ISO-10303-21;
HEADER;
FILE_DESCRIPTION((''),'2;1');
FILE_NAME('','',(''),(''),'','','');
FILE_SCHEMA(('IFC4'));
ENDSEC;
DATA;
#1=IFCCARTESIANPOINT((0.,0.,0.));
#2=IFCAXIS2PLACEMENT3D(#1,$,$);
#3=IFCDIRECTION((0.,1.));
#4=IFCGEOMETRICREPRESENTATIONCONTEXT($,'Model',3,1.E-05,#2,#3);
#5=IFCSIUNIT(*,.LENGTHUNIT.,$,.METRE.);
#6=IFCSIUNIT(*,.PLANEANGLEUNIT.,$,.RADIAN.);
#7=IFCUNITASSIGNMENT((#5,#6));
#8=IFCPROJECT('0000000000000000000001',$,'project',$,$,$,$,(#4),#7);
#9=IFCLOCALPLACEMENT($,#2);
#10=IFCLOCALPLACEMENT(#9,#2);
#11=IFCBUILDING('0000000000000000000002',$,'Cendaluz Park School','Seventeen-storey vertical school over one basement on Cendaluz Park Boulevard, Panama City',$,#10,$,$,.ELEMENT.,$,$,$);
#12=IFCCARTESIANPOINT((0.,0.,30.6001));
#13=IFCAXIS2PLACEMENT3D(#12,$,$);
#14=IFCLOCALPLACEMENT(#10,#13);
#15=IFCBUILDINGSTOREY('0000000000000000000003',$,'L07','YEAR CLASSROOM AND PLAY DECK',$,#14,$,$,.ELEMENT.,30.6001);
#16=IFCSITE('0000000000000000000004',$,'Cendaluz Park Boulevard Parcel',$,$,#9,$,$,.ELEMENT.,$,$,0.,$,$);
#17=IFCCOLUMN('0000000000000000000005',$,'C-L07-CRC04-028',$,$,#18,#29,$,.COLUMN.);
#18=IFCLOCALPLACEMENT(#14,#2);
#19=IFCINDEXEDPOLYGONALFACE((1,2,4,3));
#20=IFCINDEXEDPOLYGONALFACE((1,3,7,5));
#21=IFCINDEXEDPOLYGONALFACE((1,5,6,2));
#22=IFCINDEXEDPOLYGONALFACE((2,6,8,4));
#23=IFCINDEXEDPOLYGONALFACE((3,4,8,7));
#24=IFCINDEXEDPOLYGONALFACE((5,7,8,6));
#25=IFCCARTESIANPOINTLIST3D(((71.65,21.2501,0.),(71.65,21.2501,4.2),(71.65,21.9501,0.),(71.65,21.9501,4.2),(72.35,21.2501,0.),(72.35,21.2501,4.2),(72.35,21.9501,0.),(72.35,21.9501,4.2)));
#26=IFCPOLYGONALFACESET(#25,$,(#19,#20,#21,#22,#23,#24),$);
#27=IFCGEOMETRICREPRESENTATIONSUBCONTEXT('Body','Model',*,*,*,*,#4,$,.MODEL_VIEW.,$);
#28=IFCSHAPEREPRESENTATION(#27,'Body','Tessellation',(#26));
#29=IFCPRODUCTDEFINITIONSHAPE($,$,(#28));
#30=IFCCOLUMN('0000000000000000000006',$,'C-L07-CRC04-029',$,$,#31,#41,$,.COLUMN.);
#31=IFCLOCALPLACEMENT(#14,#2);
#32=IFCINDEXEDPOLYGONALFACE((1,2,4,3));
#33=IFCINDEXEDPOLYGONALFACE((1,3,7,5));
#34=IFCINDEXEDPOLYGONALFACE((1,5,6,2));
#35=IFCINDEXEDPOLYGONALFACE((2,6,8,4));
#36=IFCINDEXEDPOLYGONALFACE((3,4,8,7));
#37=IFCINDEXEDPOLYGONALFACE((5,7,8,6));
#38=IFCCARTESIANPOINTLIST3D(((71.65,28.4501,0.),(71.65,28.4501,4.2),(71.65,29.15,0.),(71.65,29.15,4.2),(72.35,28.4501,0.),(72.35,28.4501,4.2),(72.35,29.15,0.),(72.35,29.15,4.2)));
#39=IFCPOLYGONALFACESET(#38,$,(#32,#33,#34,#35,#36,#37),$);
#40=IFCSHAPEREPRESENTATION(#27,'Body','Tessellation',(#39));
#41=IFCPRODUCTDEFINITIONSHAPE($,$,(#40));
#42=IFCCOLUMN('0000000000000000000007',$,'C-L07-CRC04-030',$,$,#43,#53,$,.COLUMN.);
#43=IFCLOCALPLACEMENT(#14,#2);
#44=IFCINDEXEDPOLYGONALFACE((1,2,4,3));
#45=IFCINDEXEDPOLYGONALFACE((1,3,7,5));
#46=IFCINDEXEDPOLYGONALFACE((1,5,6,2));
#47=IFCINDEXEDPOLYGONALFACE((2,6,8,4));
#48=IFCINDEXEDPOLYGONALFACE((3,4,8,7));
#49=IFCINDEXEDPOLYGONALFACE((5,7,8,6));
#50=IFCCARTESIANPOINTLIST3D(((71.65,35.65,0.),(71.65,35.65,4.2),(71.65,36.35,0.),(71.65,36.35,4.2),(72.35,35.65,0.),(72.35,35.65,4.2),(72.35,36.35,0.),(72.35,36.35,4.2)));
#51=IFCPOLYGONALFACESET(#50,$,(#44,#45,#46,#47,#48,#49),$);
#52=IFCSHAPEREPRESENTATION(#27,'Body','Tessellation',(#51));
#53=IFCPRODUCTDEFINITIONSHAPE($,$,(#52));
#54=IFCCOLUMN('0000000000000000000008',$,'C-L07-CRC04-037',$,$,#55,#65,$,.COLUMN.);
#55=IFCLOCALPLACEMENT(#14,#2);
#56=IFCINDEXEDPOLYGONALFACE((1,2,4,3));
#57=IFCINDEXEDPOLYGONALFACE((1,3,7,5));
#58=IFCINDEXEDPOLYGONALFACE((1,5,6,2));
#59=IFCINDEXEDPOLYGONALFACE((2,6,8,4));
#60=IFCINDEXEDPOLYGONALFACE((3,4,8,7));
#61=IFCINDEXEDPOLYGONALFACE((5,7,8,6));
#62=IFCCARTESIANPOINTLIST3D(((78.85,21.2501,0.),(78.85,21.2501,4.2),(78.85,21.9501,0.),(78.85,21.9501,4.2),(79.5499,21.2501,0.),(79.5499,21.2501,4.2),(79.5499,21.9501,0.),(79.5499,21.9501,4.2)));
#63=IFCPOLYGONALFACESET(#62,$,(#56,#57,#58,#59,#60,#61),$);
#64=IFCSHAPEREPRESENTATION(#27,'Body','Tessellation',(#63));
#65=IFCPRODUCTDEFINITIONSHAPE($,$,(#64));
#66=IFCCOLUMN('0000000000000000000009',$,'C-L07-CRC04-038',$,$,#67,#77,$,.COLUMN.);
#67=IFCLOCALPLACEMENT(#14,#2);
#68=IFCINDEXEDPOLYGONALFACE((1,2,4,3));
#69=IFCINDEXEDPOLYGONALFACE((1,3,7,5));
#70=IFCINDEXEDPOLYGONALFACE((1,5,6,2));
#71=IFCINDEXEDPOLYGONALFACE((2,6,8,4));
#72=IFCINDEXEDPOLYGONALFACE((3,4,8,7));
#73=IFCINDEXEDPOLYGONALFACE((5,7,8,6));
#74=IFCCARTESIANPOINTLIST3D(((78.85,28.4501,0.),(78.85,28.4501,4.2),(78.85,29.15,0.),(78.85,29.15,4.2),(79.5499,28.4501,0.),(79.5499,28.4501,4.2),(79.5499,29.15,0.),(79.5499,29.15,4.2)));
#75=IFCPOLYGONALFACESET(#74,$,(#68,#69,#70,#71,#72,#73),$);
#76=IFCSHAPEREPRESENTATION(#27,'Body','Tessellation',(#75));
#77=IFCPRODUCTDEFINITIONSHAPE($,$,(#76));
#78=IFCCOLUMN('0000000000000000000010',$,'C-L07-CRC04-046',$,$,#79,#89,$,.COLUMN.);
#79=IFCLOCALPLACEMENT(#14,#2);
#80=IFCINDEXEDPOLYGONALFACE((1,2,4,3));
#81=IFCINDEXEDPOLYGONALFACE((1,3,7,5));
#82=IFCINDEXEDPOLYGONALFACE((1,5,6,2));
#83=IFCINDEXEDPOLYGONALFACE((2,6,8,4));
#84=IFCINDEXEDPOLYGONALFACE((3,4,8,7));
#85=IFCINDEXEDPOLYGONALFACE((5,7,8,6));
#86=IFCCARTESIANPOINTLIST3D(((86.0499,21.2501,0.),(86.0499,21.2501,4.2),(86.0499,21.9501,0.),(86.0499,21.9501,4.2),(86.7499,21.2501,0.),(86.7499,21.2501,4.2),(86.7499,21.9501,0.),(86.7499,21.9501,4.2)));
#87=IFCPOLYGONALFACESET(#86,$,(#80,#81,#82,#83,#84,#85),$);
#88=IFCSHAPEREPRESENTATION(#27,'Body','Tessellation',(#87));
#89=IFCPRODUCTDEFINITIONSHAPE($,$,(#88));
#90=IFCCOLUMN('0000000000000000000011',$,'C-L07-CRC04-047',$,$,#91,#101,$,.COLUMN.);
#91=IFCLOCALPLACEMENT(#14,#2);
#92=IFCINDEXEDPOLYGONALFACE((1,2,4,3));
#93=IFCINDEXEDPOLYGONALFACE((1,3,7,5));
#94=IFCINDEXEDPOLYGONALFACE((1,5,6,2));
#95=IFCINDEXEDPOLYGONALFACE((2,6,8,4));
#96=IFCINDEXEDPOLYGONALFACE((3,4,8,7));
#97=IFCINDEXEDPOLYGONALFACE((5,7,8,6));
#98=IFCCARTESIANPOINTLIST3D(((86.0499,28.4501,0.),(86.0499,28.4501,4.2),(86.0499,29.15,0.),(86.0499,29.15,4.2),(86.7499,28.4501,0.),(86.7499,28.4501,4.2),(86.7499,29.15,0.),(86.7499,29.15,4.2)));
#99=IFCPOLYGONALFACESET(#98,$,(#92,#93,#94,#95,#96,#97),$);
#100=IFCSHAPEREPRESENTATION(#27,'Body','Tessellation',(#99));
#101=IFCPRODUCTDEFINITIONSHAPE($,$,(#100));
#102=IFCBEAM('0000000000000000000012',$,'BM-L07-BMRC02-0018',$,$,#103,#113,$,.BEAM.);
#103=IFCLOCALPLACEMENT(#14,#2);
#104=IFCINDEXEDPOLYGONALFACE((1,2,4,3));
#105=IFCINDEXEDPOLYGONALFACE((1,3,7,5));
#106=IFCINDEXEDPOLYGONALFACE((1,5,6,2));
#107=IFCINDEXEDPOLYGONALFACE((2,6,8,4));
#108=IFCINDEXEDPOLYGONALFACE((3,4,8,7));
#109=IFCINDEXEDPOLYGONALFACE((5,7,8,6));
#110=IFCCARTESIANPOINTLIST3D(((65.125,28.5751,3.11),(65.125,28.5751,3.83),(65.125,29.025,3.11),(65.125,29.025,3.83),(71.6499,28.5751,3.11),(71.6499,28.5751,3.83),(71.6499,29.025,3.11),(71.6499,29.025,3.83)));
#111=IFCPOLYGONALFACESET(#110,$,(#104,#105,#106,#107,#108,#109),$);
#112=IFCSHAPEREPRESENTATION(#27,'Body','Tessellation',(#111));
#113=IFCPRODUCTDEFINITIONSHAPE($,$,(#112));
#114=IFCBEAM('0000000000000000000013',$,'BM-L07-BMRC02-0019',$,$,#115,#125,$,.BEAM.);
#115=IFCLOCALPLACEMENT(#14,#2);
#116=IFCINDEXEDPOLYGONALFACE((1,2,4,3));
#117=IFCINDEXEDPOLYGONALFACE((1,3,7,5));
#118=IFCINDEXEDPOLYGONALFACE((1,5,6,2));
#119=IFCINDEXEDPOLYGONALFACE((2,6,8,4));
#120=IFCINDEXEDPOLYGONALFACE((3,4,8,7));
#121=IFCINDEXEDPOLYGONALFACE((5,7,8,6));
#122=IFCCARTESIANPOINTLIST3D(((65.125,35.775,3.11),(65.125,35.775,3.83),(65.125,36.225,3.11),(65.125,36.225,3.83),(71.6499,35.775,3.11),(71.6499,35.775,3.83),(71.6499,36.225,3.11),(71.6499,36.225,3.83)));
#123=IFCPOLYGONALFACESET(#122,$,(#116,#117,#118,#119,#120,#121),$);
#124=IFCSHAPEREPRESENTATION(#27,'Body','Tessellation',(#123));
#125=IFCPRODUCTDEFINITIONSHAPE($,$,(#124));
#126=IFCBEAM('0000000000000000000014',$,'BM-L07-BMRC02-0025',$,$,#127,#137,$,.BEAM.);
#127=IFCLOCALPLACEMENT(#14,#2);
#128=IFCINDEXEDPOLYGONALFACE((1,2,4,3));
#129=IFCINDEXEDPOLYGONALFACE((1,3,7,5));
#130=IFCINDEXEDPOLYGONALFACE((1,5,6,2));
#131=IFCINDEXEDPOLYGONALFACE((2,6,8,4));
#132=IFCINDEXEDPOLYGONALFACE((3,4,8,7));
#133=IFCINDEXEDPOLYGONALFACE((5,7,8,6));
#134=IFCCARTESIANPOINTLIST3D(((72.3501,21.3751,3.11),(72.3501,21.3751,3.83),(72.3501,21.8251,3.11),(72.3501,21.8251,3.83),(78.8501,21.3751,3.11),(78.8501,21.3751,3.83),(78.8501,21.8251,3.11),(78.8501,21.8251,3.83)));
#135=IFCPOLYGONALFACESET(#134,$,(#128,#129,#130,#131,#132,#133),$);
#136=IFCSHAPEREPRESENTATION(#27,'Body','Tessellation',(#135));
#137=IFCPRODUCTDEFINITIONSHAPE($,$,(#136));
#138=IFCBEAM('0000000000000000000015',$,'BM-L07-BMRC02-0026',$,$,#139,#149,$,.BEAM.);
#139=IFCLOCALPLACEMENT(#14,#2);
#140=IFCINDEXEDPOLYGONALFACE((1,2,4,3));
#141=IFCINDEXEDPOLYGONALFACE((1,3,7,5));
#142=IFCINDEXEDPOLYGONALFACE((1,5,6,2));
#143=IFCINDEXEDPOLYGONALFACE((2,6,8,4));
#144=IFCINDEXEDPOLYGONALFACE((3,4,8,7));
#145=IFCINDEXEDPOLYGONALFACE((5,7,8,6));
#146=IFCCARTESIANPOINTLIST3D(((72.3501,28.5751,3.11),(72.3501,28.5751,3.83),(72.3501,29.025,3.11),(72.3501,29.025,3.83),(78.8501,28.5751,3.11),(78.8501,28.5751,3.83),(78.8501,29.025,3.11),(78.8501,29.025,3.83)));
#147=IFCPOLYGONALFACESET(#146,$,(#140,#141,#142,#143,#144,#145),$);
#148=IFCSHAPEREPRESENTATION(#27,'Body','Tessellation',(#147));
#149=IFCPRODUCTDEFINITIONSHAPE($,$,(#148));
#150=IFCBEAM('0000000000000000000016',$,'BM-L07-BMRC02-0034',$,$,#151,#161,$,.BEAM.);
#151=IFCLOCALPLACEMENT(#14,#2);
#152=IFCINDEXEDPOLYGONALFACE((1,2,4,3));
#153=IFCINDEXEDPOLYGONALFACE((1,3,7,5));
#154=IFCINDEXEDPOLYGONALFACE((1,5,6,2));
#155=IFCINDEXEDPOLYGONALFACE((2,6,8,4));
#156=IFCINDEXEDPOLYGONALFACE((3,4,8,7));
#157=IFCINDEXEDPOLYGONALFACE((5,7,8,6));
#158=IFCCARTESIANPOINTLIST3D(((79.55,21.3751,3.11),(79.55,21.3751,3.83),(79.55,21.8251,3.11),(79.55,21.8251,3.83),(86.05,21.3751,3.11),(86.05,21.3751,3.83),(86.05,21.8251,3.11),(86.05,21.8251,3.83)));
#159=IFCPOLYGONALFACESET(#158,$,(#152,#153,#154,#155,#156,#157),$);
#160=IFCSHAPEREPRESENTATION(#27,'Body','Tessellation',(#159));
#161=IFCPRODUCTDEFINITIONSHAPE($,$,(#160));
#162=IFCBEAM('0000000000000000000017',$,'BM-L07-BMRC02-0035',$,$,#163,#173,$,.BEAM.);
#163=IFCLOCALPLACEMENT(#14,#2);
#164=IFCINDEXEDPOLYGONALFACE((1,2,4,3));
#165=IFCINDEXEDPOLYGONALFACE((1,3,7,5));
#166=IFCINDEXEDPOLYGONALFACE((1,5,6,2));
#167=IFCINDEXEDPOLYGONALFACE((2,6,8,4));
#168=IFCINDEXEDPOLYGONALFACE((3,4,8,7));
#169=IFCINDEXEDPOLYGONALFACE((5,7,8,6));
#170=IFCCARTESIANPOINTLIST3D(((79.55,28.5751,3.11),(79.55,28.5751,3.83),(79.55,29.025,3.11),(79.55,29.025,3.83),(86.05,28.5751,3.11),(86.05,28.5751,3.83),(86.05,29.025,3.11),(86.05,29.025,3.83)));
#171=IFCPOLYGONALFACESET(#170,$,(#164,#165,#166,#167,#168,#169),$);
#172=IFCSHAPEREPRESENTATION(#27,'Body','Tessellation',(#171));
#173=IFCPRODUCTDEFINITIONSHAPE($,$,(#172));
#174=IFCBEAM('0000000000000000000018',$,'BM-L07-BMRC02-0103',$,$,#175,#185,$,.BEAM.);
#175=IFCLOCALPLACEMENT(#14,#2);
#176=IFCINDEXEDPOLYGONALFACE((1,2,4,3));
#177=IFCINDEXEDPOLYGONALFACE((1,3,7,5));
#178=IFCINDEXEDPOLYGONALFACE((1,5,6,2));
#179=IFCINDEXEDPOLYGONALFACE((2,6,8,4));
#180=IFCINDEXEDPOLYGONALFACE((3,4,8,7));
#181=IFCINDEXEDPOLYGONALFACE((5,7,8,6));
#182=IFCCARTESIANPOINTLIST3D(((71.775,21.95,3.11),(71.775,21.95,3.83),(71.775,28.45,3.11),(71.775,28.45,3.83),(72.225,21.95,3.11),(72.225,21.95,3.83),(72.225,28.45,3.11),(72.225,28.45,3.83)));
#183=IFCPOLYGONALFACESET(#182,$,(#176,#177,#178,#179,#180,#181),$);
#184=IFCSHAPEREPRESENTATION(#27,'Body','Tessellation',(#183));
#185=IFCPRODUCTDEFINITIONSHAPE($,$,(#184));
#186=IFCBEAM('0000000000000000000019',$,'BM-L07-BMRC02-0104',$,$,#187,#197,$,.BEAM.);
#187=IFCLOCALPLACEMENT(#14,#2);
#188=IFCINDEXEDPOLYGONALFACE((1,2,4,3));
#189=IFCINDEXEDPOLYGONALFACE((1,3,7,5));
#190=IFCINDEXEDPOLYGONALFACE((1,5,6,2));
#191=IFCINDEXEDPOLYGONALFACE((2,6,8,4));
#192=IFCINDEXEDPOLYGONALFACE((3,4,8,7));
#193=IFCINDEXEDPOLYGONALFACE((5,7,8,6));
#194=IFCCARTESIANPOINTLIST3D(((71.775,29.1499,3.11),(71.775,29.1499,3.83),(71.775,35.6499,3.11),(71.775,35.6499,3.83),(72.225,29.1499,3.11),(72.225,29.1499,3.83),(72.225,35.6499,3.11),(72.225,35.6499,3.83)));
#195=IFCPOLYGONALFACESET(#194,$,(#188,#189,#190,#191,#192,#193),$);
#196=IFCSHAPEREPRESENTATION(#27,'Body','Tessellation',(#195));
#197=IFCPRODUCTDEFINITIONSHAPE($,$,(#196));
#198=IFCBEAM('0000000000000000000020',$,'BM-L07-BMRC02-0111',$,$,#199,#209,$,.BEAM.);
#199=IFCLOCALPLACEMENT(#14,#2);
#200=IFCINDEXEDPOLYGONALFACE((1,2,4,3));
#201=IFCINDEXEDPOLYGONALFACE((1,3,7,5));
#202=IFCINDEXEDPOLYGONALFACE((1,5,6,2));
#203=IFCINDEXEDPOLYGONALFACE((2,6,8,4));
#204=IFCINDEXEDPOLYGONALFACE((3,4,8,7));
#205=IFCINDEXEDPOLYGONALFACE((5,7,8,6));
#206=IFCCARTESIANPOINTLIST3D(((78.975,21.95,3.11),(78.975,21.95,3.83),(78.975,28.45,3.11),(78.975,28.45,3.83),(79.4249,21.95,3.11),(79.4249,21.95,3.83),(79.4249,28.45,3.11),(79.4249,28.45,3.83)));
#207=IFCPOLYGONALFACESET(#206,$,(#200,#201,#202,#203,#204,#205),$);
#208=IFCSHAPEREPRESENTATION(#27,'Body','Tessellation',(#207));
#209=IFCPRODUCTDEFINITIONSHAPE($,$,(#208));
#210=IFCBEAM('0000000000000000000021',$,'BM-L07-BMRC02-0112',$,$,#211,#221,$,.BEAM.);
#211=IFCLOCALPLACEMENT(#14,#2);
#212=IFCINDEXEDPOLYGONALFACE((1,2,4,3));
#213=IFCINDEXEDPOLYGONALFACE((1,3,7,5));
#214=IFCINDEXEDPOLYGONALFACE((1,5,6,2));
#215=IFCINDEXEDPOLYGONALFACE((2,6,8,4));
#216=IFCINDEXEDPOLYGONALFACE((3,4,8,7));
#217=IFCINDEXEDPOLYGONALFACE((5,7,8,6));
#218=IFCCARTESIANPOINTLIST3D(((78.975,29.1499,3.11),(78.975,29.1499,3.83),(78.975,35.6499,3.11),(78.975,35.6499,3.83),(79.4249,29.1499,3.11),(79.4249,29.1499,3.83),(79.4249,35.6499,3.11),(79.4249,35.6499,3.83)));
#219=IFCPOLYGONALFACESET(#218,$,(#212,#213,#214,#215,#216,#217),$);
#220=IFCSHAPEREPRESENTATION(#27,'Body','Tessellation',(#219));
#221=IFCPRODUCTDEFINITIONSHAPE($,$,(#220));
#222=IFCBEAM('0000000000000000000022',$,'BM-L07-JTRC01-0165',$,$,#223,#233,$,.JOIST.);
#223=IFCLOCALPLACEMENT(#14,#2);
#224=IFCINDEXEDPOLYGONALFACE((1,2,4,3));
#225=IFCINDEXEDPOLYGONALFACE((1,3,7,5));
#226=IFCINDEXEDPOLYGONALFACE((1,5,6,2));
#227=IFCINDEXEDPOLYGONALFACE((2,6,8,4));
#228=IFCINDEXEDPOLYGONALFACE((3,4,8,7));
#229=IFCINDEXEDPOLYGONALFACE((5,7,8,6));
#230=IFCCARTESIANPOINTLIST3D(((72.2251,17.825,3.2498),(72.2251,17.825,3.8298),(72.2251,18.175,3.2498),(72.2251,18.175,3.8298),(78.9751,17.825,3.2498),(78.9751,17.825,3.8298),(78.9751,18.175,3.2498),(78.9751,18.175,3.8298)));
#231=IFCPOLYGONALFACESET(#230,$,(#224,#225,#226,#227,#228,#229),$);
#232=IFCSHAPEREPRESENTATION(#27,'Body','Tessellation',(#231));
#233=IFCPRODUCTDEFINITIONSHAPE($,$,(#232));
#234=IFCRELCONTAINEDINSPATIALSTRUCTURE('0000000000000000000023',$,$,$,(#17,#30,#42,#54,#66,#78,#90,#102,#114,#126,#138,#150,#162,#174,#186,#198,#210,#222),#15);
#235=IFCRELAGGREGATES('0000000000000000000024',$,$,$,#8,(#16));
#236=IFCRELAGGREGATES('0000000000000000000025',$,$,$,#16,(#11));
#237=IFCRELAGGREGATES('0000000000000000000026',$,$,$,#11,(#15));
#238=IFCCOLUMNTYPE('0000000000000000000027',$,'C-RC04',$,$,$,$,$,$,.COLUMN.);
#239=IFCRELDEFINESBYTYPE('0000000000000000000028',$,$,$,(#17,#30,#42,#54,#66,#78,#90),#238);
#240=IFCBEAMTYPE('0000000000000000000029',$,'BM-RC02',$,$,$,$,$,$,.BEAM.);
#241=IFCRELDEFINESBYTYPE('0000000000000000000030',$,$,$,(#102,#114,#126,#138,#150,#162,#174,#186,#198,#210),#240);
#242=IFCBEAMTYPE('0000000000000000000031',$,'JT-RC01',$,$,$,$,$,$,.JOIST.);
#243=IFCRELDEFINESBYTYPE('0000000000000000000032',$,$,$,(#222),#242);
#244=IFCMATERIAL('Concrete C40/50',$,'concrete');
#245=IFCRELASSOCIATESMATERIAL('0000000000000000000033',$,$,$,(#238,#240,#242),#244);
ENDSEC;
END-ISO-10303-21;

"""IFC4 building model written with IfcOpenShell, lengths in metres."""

from ifc_helpers import new_model, si_unit, direction, frame, origin, origin_2d, place, context, subcontext, project, spatial, rectangle, extrude, material, material_profile, profile_set, type_object, element, save


model = new_model("IFC4")

# Units and contexts
model_context = context("Model", 3, precision=1e-05, world=origin(), true_north=direction((0.0, 1.0)))
body_context = subcontext(model_context, "Body", "Model", "MODEL_VIEW")
ifc_project = project(units=[si_unit("LENGTHUNIT", "METRE"), si_unit("PLANEANGLEUNIT", "RADIAN")], contexts=[model_context])

# Site, building, storey
site_placement = place(None, origin())
site = spatial("IfcSite", under=ifc_project, at=site_placement, Name="Cendaluz Park Boulevard Parcel", CompositionType="ELEMENT", RefElevation=0.0)
building_placement = place(site_placement, origin())
building = spatial("IfcBuilding", under=site, at=building_placement, Name="Cendaluz Park School", Description="Seventeen-storey vertical school over one basement on Cendaluz Park Boulevard, Panama City", CompositionType="ELEMENT")
storey_placement = place(building_placement, frame((0.0, 0.0, 30.6001)))
storey = spatial("IfcBuildingStorey", under=building, at=storey_placement, Name="L07", Description="YEAR CLASSROOM AND PLAY DECK", CompositionType="ELEMENT", Elevation=30.6001)

# Columns
ifc_material_1 = material(Name="Concrete C40/50", Category="concrete")
ifc_material_profile_1 = material_profile(ifc_material_1, rectangle(XDim=0.7, YDim=0.7, at=origin_2d()), Name="RC 700x700", Category="concrete")
ifc_profile_set_1 = profile_set([ifc_material_profile_1], Name="Concrete C40/50")
column_type = type_object("IfcColumnType", Name="C-RC04", PredefinedType="COLUMN", material=ifc_profile_set_1)
for number, where, z_axis, x_axis, name in (
    (1, (72.0, 21.6001, 0.0), (0.0, 0.0, 1.0), (1.0, 0.0, 0.0), "C-L07-CRC04-028"),
    (2, (72.0, 28.8, 0.0), (0.0, 0.0, 1.0), (1.0, 0.0, 0.0), "C-L07-CRC04-029"),
    (3, (72.0, 36.0, 0.0), (0.0, 0.0, 1.0), (1.0, 0.0, 0.0), "C-L07-CRC04-030"),
    (4, (79.2, 21.6001, 0.0), (0.0, 0.0, 1.0), (1.0, 0.0, 0.0), "C-L07-CRC04-037"),
    (5, (79.2, 28.8, 0.0), (0.0, 0.0, 1.0), (1.0, 0.0, 0.0), "C-L07-CRC04-038"),
    (6, (86.3999, 21.6001, 0.0), (0.0, 0.0, 1.0), (1.0, 0.0, 0.0), "C-L07-CRC04-046"),
    (7, (86.3999, 28.8, 0.0), (0.0, 0.0, 1.0), (1.0, 0.0, 0.0), "C-L07-CRC04-047"),
):
    element("IfcColumn", number, at=place(storey_placement, frame(where, z_axis=z_axis, x_axis=x_axis)), inside=storey, type_object=column_type, Name=name, PredefinedType="COLUMN", context=body_context, shape_type="SweptSolid", body=[
        extrude(rectangle(XDim=0.7, YDim=0.7, at=origin_2d()), origin(), (0.0, 0.0, 1.0), 4.2),
    ])

# Beams
ifc_material_profile_2 = material_profile(ifc_material_1, rectangle(XDim=0.45, YDim=0.72, at=origin_2d()), Name="RC 450x720", Category="concrete")
ifc_profile_set_2 = profile_set([ifc_material_profile_2], Name="Concrete C40/50")
beam_type_1 = type_object("IfcBeamType", Name="BM-RC02", PredefinedType="BEAM", material=ifc_profile_set_2)
for number, where, z_axis, x_axis, name in (
    (8, (65.125, 28.8, 3.47), (1.0, 0.0, 0.0), (0.0, 1.0, 0.0), "BM-L07-BMRC02-0018"),
    (9, (65.125, 36.0, 3.47), (1.0, 0.0, 0.0), (0.0, 1.0, 0.0), "BM-L07-BMRC02-0019"),
):
    element("IfcBeam", number, at=place(storey_placement, frame(where, z_axis=z_axis, x_axis=x_axis)), inside=storey, type_object=beam_type_1, Name=name, PredefinedType="BEAM", context=body_context, shape_type="SweptSolid", body=[
        extrude(rectangle(XDim=0.45, YDim=0.72, at=origin_2d()), origin(), (0.0, 0.0, 1.0), 6.5249),
    ])
for number, where, z_axis, x_axis, name in (
    (10, (72.3501, 21.6001, 3.47), (1.0, 0.0, 0.0), (0.0, 1.0, 0.0), "BM-L07-BMRC02-0025"),
    (11, (72.3501, 28.8, 3.47), (1.0, 0.0, 0.0), (0.0, 1.0, 0.0), "BM-L07-BMRC02-0026"),
    (12, (79.55, 21.6001, 3.47), (1.0, 0.0, 0.0), (0.0, 1.0, 0.0), "BM-L07-BMRC02-0034"),
    (13, (79.55, 28.8, 3.47), (1.0, 0.0, 0.0), (0.0, 1.0, 0.0), "BM-L07-BMRC02-0035"),
    (14, (72.0, 21.95, 3.47), (0.0, 1.0, 0.0), (-1.0, 0.0, 0.0), "BM-L07-BMRC02-0103"),
    (15, (72.0, 29.1499, 3.47), (0.0, 1.0, 0.0), (-1.0, 0.0, 0.0), "BM-L07-BMRC02-0104"),
    (16, (79.2, 21.95, 3.47), (0.0, 1.0, 0.0), (-1.0, 0.0, 0.0), "BM-L07-BMRC02-0111"),
    (17, (79.2, 29.1499, 3.47), (0.0, 1.0, 0.0), (-1.0, 0.0, 0.0), "BM-L07-BMRC02-0112"),
):
    element("IfcBeam", number, at=place(storey_placement, frame(where, z_axis=z_axis, x_axis=x_axis)), inside=storey, type_object=beam_type_1, Name=name, PredefinedType="BEAM", context=body_context, shape_type="SweptSolid", body=[
        extrude(rectangle(XDim=0.45, YDim=0.72, at=origin_2d()), origin(), (0.0, 0.0, 1.0), 6.5),
    ])
ifc_material_profile_3 = material_profile(ifc_material_1, rectangle(XDim=0.3501, YDim=0.5801, at=origin_2d()), Name="RC 350x580", Category="concrete")
ifc_profile_set_3 = profile_set([ifc_material_profile_3], Name="Concrete C40/50")
beam_type_2 = type_object("IfcBeamType", Name="JT-RC01", PredefinedType="JOIST", material=ifc_profile_set_3)
for number, where, z_axis, x_axis, name in (
    (18, (72.2251, 18.0, 3.5398), (1.0, 0.0, 0.0), (0.0, 1.0, 0.0), "BM-L07-JTRC01-0165"),
):
    element("IfcBeam", number, at=place(storey_placement, frame(where, z_axis=z_axis, x_axis=x_axis)), inside=storey, type_object=beam_type_2, Name=name, PredefinedType="JOIST", context=body_context, shape_type="SweptSolid", body=[
        extrude(rectangle(XDim=0.3501, YDim=0.5801, at=origin_2d()), origin(), (0.0, 0.0, 1.0), 6.75),
    ])

save(model, "model.ifc")
